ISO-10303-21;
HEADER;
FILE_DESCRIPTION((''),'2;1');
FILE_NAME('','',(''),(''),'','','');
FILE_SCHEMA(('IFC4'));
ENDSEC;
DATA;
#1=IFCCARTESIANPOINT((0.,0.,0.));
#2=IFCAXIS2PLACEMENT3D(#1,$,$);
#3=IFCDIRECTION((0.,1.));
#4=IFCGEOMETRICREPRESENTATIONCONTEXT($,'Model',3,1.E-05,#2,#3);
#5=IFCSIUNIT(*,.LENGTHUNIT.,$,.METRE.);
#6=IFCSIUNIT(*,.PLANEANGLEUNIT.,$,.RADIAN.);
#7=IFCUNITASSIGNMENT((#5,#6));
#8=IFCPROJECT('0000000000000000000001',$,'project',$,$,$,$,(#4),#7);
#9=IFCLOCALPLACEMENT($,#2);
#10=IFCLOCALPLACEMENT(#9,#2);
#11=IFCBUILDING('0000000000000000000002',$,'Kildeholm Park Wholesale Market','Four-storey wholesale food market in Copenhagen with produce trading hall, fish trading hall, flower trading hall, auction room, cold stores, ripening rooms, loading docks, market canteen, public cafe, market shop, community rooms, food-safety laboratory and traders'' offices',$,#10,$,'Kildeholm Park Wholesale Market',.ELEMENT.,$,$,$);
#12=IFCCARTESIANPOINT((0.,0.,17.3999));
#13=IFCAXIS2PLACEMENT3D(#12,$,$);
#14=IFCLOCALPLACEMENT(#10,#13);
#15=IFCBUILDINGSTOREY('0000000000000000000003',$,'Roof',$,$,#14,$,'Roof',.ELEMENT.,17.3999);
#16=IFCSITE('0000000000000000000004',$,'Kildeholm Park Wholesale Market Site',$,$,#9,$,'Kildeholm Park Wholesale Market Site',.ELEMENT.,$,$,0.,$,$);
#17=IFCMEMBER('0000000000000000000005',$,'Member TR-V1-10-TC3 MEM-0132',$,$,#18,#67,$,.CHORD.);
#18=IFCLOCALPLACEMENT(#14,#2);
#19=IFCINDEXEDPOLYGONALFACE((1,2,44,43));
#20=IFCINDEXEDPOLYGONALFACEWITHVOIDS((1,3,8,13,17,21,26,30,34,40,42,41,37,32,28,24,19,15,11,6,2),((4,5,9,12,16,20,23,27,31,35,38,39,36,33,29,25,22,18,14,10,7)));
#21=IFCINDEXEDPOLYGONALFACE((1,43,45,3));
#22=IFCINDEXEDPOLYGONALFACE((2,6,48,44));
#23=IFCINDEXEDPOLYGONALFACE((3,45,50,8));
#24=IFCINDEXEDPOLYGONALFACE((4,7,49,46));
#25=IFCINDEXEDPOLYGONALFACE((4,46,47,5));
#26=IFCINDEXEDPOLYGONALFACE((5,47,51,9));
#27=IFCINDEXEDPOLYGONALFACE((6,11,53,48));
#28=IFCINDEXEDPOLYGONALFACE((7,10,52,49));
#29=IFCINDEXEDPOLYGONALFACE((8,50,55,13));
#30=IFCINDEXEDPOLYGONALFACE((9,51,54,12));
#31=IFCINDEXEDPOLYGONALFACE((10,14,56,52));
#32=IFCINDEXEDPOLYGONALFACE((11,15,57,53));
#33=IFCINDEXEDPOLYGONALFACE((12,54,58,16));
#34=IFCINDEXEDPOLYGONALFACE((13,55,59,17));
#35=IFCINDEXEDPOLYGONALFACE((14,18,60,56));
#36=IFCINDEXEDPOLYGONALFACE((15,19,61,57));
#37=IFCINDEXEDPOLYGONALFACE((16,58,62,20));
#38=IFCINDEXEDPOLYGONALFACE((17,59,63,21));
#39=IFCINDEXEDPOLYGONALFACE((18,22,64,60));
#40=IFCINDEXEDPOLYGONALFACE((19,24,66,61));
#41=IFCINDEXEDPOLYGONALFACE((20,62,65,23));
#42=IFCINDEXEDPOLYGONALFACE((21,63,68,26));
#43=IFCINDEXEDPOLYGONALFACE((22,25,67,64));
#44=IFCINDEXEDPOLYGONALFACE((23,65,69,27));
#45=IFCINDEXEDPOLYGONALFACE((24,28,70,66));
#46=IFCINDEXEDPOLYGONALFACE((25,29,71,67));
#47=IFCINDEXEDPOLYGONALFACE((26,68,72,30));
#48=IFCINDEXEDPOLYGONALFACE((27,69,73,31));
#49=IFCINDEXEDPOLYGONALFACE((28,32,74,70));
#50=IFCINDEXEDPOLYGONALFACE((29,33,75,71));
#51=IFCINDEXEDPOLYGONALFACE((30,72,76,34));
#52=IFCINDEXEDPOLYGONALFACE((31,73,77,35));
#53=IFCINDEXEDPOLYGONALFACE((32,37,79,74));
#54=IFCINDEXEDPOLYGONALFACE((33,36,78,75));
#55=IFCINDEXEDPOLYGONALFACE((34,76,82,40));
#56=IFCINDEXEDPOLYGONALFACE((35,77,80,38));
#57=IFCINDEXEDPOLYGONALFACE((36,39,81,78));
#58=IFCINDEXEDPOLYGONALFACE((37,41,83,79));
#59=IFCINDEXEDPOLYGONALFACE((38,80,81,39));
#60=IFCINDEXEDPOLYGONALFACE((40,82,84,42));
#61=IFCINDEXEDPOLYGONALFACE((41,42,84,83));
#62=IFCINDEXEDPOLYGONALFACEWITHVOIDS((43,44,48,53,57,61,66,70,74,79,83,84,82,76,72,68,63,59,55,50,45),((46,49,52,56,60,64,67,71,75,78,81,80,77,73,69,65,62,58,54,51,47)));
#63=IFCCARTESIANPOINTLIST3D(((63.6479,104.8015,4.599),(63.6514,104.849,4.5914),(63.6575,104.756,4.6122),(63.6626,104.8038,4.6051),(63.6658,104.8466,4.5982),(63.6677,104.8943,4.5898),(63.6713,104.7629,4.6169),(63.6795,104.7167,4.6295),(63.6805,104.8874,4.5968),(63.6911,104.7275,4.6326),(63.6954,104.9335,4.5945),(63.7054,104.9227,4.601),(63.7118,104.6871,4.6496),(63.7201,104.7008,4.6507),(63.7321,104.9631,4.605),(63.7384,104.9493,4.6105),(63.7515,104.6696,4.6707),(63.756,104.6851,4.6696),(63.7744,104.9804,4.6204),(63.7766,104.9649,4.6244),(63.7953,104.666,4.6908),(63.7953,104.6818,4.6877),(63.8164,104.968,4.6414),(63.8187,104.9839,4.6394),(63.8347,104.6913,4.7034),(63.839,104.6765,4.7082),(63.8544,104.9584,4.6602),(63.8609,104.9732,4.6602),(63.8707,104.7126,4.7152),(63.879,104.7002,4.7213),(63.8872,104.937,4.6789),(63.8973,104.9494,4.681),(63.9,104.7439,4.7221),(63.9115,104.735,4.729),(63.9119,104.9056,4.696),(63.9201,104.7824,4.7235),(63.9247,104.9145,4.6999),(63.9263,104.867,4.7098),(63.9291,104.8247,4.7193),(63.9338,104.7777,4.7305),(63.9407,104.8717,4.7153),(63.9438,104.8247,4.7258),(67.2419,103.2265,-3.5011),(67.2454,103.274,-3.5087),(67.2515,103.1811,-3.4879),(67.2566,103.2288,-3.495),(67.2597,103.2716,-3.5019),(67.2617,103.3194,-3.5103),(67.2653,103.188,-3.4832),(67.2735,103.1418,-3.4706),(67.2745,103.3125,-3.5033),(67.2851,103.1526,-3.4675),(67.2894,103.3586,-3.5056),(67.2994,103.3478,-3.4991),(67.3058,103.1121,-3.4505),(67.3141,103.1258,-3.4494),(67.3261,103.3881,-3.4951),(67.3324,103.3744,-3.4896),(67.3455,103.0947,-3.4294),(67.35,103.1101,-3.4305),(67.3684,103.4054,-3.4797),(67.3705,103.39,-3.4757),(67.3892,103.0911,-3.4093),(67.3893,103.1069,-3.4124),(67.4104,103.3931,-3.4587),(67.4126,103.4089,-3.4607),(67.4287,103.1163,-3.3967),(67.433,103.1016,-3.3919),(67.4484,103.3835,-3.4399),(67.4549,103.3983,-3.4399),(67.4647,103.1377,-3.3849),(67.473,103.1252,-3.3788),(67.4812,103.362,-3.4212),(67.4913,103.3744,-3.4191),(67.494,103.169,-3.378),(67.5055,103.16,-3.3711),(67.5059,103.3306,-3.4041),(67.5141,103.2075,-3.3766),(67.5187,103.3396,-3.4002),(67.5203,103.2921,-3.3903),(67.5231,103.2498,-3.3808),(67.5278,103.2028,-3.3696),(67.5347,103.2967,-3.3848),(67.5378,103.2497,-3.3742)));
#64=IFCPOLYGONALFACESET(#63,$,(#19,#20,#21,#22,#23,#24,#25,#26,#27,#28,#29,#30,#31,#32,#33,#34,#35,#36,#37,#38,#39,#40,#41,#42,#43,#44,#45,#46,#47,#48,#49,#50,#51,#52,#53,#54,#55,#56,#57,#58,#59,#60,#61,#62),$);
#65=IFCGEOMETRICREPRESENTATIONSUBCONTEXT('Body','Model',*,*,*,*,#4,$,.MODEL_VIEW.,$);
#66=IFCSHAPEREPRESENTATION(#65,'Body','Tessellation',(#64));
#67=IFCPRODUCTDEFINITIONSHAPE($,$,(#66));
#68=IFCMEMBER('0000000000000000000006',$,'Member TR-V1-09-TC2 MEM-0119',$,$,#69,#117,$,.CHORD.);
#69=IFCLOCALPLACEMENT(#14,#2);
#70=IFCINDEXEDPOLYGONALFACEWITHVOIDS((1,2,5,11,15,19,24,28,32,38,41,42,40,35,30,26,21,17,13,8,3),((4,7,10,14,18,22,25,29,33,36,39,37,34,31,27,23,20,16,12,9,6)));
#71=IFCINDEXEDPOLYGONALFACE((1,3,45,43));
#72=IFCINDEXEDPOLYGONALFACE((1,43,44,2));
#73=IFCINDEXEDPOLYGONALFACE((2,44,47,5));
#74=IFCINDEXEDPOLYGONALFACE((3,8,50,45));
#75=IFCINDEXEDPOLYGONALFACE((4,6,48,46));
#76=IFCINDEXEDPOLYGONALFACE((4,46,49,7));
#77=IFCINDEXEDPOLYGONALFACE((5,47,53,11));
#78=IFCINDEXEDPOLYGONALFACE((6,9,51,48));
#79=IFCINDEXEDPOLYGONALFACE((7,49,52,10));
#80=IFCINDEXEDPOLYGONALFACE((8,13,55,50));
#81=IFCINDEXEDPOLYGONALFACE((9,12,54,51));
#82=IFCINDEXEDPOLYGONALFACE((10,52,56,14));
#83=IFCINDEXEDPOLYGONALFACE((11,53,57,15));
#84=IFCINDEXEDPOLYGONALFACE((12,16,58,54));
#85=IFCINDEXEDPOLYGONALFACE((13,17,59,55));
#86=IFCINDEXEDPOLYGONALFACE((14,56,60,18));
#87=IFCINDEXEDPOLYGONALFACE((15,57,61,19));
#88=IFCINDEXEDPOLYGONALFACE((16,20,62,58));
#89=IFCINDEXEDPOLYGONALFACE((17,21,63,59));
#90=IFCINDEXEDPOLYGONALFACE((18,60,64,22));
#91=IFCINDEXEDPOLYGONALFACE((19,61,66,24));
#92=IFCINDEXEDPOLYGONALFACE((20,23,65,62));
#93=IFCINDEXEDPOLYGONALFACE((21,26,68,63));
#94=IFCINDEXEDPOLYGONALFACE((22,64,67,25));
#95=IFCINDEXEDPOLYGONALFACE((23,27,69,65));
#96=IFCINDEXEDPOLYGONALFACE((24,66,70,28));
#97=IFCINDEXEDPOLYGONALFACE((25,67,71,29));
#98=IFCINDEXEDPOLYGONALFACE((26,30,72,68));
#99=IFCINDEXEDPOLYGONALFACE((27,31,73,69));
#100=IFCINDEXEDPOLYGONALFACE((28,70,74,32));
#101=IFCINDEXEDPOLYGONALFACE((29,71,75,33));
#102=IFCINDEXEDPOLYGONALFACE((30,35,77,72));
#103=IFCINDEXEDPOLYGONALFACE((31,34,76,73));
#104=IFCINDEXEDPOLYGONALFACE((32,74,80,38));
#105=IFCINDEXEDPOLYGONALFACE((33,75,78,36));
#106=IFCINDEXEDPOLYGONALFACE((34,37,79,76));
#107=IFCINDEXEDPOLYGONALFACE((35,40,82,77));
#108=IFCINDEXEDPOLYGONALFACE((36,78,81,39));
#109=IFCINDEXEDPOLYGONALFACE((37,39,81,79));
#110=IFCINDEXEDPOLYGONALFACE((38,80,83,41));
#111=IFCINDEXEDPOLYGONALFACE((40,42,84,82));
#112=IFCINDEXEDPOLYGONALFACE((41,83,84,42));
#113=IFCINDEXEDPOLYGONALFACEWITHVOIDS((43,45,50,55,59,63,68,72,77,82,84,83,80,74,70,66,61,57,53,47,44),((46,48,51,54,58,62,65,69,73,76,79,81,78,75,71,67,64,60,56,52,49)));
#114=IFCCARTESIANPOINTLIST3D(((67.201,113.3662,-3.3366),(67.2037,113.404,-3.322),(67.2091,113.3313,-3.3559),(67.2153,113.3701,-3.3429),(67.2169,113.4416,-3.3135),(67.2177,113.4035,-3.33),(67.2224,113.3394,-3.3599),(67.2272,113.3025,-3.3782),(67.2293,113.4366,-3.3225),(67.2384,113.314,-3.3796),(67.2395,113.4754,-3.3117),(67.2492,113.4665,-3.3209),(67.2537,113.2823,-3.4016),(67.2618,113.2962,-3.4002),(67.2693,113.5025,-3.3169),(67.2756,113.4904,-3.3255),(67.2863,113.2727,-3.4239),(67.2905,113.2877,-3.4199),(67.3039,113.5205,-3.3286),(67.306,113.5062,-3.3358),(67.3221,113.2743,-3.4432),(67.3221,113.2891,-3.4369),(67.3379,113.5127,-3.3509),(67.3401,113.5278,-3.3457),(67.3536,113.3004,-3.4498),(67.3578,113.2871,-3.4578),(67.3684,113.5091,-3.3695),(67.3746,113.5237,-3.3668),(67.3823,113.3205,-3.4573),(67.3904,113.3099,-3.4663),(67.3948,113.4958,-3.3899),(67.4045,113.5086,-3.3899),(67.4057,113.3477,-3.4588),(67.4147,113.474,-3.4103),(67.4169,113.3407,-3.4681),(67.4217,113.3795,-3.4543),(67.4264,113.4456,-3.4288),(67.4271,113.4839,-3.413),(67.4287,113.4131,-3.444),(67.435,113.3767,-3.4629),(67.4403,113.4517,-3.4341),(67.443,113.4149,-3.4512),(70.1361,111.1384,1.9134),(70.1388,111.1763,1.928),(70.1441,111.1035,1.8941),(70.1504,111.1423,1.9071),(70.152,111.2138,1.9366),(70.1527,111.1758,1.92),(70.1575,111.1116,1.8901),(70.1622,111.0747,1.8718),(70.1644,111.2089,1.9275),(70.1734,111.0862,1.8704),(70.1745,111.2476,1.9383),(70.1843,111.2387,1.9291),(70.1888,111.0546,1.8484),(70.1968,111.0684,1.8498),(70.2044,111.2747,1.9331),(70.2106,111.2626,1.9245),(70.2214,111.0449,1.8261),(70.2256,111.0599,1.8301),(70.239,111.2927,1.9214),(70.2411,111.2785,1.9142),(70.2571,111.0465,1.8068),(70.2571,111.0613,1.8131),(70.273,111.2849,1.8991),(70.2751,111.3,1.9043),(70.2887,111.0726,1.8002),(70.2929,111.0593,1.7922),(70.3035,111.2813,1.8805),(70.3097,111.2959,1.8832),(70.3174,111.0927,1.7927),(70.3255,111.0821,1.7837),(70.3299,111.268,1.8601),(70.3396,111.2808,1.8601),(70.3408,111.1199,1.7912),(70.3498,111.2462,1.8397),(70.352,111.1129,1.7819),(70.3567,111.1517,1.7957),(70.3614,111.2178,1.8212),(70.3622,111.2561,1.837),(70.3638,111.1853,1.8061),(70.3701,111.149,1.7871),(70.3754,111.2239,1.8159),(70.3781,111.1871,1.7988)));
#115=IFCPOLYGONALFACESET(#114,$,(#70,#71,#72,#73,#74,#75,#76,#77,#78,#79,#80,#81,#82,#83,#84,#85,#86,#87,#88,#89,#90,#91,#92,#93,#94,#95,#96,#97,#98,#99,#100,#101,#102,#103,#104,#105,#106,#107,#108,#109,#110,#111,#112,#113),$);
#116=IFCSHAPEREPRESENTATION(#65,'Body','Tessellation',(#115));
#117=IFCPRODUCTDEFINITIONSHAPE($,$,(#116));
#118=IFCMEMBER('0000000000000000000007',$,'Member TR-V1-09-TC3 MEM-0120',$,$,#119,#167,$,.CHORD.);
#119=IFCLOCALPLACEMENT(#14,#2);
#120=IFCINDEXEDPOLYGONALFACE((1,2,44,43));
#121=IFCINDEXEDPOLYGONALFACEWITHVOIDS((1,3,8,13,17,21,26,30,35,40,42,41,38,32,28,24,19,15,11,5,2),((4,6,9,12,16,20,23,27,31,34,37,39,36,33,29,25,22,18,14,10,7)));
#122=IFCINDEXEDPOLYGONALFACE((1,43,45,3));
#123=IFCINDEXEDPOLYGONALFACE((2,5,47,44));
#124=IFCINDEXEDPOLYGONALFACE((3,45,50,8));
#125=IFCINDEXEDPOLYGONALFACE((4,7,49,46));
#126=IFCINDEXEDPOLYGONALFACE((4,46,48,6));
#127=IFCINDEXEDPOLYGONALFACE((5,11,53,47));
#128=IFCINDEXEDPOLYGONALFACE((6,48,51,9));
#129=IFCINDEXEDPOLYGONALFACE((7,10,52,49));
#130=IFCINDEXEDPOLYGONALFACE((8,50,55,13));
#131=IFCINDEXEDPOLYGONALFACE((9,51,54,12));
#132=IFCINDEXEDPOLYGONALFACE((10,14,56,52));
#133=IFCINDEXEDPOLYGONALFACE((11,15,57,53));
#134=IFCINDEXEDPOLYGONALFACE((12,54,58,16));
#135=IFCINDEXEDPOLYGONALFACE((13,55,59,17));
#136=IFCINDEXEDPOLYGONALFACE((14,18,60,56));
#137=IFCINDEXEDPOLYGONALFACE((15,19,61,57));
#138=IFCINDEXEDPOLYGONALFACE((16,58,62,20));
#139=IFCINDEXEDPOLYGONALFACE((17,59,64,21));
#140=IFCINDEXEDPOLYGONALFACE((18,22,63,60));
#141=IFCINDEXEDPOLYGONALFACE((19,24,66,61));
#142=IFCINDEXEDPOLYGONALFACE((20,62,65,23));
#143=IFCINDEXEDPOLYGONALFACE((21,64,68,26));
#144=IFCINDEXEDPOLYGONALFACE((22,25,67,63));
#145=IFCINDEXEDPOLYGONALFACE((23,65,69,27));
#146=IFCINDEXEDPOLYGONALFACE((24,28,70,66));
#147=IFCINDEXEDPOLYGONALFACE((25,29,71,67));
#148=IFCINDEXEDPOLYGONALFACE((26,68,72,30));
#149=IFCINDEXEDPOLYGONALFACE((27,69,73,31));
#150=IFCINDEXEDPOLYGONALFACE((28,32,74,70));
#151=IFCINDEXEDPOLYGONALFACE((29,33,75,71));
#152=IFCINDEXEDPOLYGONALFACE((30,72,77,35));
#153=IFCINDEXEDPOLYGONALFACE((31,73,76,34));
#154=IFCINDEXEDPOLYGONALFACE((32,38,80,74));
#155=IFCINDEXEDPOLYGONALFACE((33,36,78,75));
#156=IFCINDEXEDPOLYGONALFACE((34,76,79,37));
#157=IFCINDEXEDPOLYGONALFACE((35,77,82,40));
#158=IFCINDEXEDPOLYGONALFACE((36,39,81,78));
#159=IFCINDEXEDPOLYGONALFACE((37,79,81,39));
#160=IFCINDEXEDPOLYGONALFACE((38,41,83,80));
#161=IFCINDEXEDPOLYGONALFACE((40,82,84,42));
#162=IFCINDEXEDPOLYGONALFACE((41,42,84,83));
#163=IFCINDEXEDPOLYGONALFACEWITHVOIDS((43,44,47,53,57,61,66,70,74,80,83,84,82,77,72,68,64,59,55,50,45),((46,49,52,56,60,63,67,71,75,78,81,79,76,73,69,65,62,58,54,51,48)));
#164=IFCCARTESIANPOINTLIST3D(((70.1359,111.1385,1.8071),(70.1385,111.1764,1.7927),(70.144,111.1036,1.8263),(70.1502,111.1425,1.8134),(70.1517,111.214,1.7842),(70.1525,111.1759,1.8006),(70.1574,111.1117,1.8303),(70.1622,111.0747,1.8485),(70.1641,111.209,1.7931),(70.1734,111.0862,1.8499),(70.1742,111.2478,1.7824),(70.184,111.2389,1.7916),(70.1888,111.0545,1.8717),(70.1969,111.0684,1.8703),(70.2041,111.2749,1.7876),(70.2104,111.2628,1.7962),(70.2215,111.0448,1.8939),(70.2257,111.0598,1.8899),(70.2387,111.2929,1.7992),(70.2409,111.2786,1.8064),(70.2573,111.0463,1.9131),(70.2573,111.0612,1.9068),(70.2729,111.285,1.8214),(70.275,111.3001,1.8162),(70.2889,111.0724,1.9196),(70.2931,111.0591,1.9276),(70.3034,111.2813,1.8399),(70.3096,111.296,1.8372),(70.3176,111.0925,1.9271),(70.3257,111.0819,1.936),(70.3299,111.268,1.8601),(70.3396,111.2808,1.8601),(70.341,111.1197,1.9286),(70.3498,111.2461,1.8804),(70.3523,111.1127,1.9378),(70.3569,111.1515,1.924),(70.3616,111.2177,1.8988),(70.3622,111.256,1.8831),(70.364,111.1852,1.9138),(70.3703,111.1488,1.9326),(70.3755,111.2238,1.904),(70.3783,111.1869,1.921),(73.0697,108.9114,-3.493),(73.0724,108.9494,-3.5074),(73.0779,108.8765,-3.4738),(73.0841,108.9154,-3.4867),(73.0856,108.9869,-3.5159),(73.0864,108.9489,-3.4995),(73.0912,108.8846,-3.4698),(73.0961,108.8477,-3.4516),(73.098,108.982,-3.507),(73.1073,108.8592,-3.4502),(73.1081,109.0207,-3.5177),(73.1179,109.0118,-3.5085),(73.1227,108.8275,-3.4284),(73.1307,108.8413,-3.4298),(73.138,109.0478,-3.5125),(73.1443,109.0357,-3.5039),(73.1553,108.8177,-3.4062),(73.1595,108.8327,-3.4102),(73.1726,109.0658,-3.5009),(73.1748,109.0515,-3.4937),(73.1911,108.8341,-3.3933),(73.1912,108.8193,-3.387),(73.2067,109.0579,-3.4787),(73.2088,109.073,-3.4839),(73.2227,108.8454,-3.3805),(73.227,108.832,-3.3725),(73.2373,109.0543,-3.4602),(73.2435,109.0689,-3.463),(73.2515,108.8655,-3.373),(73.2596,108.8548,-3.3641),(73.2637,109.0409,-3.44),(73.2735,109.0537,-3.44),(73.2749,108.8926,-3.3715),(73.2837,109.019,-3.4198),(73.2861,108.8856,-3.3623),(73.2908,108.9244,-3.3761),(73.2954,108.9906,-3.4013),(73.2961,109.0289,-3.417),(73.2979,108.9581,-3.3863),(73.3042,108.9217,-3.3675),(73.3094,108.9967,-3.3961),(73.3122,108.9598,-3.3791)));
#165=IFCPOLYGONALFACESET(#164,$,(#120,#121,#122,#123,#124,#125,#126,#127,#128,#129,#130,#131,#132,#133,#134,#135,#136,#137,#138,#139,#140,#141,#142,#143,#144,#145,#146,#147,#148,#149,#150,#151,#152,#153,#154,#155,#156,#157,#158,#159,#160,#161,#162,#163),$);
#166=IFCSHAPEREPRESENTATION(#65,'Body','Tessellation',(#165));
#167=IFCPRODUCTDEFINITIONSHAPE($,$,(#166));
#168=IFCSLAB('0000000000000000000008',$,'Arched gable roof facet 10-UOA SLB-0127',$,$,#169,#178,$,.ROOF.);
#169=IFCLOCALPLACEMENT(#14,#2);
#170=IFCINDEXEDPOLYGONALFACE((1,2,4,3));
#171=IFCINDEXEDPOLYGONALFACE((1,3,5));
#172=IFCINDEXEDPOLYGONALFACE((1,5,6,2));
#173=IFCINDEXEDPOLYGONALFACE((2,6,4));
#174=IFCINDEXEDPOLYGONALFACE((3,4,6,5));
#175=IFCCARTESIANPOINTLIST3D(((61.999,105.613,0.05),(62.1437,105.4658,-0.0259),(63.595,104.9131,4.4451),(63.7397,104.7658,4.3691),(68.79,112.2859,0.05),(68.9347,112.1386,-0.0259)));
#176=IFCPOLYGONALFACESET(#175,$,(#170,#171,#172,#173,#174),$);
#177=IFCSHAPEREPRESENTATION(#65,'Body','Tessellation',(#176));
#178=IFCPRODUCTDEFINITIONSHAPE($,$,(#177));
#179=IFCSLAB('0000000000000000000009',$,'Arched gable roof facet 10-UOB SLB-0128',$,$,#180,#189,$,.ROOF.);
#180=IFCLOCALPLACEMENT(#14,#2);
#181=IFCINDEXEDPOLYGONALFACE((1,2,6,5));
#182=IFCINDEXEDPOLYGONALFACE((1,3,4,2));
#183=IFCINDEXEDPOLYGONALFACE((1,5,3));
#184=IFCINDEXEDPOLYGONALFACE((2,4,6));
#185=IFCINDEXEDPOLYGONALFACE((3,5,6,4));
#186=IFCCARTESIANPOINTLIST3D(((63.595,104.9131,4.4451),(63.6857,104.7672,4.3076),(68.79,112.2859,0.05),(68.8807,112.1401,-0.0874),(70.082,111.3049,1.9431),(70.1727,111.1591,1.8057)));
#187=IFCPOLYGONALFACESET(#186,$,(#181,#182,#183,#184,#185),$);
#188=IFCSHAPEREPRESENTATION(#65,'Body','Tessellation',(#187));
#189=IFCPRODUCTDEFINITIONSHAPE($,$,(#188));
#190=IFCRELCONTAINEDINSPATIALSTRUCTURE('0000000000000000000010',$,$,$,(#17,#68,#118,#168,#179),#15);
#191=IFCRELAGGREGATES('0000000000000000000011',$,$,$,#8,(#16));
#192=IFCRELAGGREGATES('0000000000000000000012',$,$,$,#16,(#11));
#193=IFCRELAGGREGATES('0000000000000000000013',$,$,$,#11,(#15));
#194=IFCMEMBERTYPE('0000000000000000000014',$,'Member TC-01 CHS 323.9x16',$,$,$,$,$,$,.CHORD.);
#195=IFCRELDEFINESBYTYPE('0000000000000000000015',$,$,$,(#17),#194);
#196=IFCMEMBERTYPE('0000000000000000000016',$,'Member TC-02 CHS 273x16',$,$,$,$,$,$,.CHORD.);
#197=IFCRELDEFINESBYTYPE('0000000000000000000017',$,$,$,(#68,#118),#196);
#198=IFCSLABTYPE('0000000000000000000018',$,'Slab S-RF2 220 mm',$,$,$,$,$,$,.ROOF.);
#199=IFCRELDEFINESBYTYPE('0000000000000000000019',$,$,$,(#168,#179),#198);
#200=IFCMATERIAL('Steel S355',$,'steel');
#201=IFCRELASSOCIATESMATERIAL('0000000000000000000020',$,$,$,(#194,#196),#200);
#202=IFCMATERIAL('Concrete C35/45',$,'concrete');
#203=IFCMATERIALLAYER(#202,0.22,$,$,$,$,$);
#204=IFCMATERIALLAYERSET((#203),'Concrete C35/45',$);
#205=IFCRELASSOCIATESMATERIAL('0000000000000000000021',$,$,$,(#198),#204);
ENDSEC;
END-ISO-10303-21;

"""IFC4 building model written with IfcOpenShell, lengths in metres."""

from ifc_helpers import new_model, si_unit, direction, frame, origin, origin_2d, place, context, subcontext, project, spatial, polyline, hollow_circle, outline, extrude, material, layer, layer_set, material_profile, profile_set, type_object, element, save


model = new_model("IFC4")

# Units and contexts
model_context = context("Model", 3, precision=1e-05, world=origin(), true_north=direction((0.0, 1.0)))
body_context = subcontext(model_context, "Body", "Model", "MODEL_VIEW")
ifc_project = project(units=[si_unit("LENGTHUNIT", "METRE"), si_unit("PLANEANGLEUNIT", "RADIAN")], contexts=[model_context])

# Site, building, storey
site_placement = place(None, origin())
site = spatial("IfcSite", under=ifc_project, at=site_placement, Name="Kildeholm Park Wholesale Market Site", LongName="Kildeholm Park Wholesale Market Site", CompositionType="ELEMENT", RefElevation=0.0)
building_placement = place(site_placement, origin())
building = spatial("IfcBuilding", under=site, at=building_placement, Name="Kildeholm Park Wholesale Market", Description="Four-storey wholesale food market in Copenhagen with produce trading hall, fish trading hall, flower trading hall, auction room, cold stores, ripening rooms, loading docks, market canteen, public cafe, market shop, community rooms, food-safety laboratory and traders' offices", LongName="Kildeholm Park Wholesale Market", CompositionType="ELEMENT")
storey_placement = place(building_placement, frame((0.0, 0.0, 17.3999)))
storey = spatial("IfcBuildingStorey", under=building, at=storey_placement, Name="Roof", LongName="Roof", CompositionType="ELEMENT", Elevation=17.3999)

# Members
ifc_material_1 = material(Name="Steel S355", Category="steel")
ifc_material_profile_1 = material_profile(ifc_material_1, hollow_circle(Radius=0.1619, WallThickness=0.0161, at=origin_2d()), Name="CHS 323.9x16")
ifc_profile_set_1 = profile_set([ifc_material_profile_1], Name="Steel S355")
member_type_1 = type_object("IfcMemberType", Name="Member TC-01 CHS 323.9x16", PredefinedType="CHORD", material=ifc_profile_set_1)
member_1_placement = place(storey_placement, frame((63.7959, 104.825, 4.6602), z_axis=(0.399311, -0.174985, -0.899962), x_axis=(0.40137, 0.915916, 0.0)))
element("IfcMember", 1, at=member_1_placement, inside=storey, type_object=member_type_1, Name="Member TR-V1-10-TC3 MEM-0132", PredefinedType="CHORD", context=body_context, shape_type="SweptSolid", body=[
    extrude(hollow_circle(Radius=0.1619, WallThickness=0.0161, at=origin_2d()), origin(), (0.0, 0.0, 1.0), 9.0005),
])
ifc_material_profile_2 = material_profile(ifc_material_1, hollow_circle(Radius=0.1365, WallThickness=0.0161, at=origin_2d()), Name="CHS 273x16")
ifc_profile_set_2 = profile_set([ifc_material_profile_2], Name="Steel S355")
member_type_2 = type_object("IfcMemberType", Name="Member TC-02 CHS 273x16", PredefinedType="CHORD", material=ifc_profile_set_2)
member_2_placement = place(storey_placement, frame((67.322, 113.3999, -3.3899), z_axis=(0.457598, -0.347328, 0.818515), x_axis=(0.604591, 0.796536, 0.0)))
element("IfcMember", 2, at=member_2_placement, inside=storey, type_object=member_type_2, Name="Member TR-V1-09-TC2 MEM-0119", PredefinedType="CHORD", context=body_context, shape_type="SweptSolid", body=[
    extrude(hollow_circle(Radius=0.1365, WallThickness=0.0161, at=origin_2d()), origin(), (0.0, 0.0, 1.0), 6.4141),
])
member_3_placement = place(storey_placement, frame((70.2571, 111.1721, 1.8601), z_axis=(0.454557, -0.34505, -0.821169), x_axis=(0.604624, 0.796511, 0.0)))
element("IfcMember", 3, at=member_3_placement, inside=storey, type_object=member_type_2, Name="Member TR-V1-09-TC3 MEM-0120", PredefinedType="CHORD", context=body_context, shape_type="SweptSolid", body=[
    extrude(hollow_circle(Radius=0.1365, WallThickness=0.0161, at=origin_2d()), origin(), (0.0, 0.0, 1.0), 6.4543),
])

# Slabs
ifc_material_2 = material(Name="Concrete C35/45", Category="concrete")
ifc_layer_1 = layer(ifc_material_2, 0.22)
ifc_layer_set_1 = layer_set([ifc_layer_1], Name="Concrete C35/45")
slab_type = type_object("IfcSlabType", Name="Slab S-RF2 220 mm", PredefinedType="ROOF", material=ifc_layer_set_1)
slab_1_placement = place(storey_placement, frame((68.79, 112.2859, 0.05), z_axis=(-0.657728, 0.669375, 0.345443), x_axis=(-0.713285, -0.700874, 0.0)))
element("IfcSlab", 4, at=slab_1_placement, inside=storey, type_object=slab_type, Name="Arched gable roof facet 10-UOA SLB-0127", PredefinedType="ROOF", context=body_context, shape_type="SweptSolid", body=[
    extrude(outline(polyline([(0.0, 0.0), (9.5208, 0.0), (8.873, 4.6833), (0.0, 0.0)])), origin(), (0.0, 0.0, -1.0), 0.22),
])
slab_2_placement = place(storey_placement, frame((68.79, 112.2859, 0.05), z_axis=(-0.412244, 0.662989, 0.624901), x_axis=(-0.517793, -0.734848, 0.438052)))
element("IfcSlab", 5, at=slab_2_placement, inside=storey, type_object=slab_type, Name="Arched gable roof facet 10-UOB SLB-0128", PredefinedType="ROOF", context=body_context, shape_type="SweptSolid", body=[
    extrude(outline(polyline([(0.0, 0.0), (10.0331, 0.0), (0.8811, 2.3321), (0.0, 0.0)])), origin(), (0.0, 0.0, -1.0), 0.22),
])

save(model, "model.ifc")
